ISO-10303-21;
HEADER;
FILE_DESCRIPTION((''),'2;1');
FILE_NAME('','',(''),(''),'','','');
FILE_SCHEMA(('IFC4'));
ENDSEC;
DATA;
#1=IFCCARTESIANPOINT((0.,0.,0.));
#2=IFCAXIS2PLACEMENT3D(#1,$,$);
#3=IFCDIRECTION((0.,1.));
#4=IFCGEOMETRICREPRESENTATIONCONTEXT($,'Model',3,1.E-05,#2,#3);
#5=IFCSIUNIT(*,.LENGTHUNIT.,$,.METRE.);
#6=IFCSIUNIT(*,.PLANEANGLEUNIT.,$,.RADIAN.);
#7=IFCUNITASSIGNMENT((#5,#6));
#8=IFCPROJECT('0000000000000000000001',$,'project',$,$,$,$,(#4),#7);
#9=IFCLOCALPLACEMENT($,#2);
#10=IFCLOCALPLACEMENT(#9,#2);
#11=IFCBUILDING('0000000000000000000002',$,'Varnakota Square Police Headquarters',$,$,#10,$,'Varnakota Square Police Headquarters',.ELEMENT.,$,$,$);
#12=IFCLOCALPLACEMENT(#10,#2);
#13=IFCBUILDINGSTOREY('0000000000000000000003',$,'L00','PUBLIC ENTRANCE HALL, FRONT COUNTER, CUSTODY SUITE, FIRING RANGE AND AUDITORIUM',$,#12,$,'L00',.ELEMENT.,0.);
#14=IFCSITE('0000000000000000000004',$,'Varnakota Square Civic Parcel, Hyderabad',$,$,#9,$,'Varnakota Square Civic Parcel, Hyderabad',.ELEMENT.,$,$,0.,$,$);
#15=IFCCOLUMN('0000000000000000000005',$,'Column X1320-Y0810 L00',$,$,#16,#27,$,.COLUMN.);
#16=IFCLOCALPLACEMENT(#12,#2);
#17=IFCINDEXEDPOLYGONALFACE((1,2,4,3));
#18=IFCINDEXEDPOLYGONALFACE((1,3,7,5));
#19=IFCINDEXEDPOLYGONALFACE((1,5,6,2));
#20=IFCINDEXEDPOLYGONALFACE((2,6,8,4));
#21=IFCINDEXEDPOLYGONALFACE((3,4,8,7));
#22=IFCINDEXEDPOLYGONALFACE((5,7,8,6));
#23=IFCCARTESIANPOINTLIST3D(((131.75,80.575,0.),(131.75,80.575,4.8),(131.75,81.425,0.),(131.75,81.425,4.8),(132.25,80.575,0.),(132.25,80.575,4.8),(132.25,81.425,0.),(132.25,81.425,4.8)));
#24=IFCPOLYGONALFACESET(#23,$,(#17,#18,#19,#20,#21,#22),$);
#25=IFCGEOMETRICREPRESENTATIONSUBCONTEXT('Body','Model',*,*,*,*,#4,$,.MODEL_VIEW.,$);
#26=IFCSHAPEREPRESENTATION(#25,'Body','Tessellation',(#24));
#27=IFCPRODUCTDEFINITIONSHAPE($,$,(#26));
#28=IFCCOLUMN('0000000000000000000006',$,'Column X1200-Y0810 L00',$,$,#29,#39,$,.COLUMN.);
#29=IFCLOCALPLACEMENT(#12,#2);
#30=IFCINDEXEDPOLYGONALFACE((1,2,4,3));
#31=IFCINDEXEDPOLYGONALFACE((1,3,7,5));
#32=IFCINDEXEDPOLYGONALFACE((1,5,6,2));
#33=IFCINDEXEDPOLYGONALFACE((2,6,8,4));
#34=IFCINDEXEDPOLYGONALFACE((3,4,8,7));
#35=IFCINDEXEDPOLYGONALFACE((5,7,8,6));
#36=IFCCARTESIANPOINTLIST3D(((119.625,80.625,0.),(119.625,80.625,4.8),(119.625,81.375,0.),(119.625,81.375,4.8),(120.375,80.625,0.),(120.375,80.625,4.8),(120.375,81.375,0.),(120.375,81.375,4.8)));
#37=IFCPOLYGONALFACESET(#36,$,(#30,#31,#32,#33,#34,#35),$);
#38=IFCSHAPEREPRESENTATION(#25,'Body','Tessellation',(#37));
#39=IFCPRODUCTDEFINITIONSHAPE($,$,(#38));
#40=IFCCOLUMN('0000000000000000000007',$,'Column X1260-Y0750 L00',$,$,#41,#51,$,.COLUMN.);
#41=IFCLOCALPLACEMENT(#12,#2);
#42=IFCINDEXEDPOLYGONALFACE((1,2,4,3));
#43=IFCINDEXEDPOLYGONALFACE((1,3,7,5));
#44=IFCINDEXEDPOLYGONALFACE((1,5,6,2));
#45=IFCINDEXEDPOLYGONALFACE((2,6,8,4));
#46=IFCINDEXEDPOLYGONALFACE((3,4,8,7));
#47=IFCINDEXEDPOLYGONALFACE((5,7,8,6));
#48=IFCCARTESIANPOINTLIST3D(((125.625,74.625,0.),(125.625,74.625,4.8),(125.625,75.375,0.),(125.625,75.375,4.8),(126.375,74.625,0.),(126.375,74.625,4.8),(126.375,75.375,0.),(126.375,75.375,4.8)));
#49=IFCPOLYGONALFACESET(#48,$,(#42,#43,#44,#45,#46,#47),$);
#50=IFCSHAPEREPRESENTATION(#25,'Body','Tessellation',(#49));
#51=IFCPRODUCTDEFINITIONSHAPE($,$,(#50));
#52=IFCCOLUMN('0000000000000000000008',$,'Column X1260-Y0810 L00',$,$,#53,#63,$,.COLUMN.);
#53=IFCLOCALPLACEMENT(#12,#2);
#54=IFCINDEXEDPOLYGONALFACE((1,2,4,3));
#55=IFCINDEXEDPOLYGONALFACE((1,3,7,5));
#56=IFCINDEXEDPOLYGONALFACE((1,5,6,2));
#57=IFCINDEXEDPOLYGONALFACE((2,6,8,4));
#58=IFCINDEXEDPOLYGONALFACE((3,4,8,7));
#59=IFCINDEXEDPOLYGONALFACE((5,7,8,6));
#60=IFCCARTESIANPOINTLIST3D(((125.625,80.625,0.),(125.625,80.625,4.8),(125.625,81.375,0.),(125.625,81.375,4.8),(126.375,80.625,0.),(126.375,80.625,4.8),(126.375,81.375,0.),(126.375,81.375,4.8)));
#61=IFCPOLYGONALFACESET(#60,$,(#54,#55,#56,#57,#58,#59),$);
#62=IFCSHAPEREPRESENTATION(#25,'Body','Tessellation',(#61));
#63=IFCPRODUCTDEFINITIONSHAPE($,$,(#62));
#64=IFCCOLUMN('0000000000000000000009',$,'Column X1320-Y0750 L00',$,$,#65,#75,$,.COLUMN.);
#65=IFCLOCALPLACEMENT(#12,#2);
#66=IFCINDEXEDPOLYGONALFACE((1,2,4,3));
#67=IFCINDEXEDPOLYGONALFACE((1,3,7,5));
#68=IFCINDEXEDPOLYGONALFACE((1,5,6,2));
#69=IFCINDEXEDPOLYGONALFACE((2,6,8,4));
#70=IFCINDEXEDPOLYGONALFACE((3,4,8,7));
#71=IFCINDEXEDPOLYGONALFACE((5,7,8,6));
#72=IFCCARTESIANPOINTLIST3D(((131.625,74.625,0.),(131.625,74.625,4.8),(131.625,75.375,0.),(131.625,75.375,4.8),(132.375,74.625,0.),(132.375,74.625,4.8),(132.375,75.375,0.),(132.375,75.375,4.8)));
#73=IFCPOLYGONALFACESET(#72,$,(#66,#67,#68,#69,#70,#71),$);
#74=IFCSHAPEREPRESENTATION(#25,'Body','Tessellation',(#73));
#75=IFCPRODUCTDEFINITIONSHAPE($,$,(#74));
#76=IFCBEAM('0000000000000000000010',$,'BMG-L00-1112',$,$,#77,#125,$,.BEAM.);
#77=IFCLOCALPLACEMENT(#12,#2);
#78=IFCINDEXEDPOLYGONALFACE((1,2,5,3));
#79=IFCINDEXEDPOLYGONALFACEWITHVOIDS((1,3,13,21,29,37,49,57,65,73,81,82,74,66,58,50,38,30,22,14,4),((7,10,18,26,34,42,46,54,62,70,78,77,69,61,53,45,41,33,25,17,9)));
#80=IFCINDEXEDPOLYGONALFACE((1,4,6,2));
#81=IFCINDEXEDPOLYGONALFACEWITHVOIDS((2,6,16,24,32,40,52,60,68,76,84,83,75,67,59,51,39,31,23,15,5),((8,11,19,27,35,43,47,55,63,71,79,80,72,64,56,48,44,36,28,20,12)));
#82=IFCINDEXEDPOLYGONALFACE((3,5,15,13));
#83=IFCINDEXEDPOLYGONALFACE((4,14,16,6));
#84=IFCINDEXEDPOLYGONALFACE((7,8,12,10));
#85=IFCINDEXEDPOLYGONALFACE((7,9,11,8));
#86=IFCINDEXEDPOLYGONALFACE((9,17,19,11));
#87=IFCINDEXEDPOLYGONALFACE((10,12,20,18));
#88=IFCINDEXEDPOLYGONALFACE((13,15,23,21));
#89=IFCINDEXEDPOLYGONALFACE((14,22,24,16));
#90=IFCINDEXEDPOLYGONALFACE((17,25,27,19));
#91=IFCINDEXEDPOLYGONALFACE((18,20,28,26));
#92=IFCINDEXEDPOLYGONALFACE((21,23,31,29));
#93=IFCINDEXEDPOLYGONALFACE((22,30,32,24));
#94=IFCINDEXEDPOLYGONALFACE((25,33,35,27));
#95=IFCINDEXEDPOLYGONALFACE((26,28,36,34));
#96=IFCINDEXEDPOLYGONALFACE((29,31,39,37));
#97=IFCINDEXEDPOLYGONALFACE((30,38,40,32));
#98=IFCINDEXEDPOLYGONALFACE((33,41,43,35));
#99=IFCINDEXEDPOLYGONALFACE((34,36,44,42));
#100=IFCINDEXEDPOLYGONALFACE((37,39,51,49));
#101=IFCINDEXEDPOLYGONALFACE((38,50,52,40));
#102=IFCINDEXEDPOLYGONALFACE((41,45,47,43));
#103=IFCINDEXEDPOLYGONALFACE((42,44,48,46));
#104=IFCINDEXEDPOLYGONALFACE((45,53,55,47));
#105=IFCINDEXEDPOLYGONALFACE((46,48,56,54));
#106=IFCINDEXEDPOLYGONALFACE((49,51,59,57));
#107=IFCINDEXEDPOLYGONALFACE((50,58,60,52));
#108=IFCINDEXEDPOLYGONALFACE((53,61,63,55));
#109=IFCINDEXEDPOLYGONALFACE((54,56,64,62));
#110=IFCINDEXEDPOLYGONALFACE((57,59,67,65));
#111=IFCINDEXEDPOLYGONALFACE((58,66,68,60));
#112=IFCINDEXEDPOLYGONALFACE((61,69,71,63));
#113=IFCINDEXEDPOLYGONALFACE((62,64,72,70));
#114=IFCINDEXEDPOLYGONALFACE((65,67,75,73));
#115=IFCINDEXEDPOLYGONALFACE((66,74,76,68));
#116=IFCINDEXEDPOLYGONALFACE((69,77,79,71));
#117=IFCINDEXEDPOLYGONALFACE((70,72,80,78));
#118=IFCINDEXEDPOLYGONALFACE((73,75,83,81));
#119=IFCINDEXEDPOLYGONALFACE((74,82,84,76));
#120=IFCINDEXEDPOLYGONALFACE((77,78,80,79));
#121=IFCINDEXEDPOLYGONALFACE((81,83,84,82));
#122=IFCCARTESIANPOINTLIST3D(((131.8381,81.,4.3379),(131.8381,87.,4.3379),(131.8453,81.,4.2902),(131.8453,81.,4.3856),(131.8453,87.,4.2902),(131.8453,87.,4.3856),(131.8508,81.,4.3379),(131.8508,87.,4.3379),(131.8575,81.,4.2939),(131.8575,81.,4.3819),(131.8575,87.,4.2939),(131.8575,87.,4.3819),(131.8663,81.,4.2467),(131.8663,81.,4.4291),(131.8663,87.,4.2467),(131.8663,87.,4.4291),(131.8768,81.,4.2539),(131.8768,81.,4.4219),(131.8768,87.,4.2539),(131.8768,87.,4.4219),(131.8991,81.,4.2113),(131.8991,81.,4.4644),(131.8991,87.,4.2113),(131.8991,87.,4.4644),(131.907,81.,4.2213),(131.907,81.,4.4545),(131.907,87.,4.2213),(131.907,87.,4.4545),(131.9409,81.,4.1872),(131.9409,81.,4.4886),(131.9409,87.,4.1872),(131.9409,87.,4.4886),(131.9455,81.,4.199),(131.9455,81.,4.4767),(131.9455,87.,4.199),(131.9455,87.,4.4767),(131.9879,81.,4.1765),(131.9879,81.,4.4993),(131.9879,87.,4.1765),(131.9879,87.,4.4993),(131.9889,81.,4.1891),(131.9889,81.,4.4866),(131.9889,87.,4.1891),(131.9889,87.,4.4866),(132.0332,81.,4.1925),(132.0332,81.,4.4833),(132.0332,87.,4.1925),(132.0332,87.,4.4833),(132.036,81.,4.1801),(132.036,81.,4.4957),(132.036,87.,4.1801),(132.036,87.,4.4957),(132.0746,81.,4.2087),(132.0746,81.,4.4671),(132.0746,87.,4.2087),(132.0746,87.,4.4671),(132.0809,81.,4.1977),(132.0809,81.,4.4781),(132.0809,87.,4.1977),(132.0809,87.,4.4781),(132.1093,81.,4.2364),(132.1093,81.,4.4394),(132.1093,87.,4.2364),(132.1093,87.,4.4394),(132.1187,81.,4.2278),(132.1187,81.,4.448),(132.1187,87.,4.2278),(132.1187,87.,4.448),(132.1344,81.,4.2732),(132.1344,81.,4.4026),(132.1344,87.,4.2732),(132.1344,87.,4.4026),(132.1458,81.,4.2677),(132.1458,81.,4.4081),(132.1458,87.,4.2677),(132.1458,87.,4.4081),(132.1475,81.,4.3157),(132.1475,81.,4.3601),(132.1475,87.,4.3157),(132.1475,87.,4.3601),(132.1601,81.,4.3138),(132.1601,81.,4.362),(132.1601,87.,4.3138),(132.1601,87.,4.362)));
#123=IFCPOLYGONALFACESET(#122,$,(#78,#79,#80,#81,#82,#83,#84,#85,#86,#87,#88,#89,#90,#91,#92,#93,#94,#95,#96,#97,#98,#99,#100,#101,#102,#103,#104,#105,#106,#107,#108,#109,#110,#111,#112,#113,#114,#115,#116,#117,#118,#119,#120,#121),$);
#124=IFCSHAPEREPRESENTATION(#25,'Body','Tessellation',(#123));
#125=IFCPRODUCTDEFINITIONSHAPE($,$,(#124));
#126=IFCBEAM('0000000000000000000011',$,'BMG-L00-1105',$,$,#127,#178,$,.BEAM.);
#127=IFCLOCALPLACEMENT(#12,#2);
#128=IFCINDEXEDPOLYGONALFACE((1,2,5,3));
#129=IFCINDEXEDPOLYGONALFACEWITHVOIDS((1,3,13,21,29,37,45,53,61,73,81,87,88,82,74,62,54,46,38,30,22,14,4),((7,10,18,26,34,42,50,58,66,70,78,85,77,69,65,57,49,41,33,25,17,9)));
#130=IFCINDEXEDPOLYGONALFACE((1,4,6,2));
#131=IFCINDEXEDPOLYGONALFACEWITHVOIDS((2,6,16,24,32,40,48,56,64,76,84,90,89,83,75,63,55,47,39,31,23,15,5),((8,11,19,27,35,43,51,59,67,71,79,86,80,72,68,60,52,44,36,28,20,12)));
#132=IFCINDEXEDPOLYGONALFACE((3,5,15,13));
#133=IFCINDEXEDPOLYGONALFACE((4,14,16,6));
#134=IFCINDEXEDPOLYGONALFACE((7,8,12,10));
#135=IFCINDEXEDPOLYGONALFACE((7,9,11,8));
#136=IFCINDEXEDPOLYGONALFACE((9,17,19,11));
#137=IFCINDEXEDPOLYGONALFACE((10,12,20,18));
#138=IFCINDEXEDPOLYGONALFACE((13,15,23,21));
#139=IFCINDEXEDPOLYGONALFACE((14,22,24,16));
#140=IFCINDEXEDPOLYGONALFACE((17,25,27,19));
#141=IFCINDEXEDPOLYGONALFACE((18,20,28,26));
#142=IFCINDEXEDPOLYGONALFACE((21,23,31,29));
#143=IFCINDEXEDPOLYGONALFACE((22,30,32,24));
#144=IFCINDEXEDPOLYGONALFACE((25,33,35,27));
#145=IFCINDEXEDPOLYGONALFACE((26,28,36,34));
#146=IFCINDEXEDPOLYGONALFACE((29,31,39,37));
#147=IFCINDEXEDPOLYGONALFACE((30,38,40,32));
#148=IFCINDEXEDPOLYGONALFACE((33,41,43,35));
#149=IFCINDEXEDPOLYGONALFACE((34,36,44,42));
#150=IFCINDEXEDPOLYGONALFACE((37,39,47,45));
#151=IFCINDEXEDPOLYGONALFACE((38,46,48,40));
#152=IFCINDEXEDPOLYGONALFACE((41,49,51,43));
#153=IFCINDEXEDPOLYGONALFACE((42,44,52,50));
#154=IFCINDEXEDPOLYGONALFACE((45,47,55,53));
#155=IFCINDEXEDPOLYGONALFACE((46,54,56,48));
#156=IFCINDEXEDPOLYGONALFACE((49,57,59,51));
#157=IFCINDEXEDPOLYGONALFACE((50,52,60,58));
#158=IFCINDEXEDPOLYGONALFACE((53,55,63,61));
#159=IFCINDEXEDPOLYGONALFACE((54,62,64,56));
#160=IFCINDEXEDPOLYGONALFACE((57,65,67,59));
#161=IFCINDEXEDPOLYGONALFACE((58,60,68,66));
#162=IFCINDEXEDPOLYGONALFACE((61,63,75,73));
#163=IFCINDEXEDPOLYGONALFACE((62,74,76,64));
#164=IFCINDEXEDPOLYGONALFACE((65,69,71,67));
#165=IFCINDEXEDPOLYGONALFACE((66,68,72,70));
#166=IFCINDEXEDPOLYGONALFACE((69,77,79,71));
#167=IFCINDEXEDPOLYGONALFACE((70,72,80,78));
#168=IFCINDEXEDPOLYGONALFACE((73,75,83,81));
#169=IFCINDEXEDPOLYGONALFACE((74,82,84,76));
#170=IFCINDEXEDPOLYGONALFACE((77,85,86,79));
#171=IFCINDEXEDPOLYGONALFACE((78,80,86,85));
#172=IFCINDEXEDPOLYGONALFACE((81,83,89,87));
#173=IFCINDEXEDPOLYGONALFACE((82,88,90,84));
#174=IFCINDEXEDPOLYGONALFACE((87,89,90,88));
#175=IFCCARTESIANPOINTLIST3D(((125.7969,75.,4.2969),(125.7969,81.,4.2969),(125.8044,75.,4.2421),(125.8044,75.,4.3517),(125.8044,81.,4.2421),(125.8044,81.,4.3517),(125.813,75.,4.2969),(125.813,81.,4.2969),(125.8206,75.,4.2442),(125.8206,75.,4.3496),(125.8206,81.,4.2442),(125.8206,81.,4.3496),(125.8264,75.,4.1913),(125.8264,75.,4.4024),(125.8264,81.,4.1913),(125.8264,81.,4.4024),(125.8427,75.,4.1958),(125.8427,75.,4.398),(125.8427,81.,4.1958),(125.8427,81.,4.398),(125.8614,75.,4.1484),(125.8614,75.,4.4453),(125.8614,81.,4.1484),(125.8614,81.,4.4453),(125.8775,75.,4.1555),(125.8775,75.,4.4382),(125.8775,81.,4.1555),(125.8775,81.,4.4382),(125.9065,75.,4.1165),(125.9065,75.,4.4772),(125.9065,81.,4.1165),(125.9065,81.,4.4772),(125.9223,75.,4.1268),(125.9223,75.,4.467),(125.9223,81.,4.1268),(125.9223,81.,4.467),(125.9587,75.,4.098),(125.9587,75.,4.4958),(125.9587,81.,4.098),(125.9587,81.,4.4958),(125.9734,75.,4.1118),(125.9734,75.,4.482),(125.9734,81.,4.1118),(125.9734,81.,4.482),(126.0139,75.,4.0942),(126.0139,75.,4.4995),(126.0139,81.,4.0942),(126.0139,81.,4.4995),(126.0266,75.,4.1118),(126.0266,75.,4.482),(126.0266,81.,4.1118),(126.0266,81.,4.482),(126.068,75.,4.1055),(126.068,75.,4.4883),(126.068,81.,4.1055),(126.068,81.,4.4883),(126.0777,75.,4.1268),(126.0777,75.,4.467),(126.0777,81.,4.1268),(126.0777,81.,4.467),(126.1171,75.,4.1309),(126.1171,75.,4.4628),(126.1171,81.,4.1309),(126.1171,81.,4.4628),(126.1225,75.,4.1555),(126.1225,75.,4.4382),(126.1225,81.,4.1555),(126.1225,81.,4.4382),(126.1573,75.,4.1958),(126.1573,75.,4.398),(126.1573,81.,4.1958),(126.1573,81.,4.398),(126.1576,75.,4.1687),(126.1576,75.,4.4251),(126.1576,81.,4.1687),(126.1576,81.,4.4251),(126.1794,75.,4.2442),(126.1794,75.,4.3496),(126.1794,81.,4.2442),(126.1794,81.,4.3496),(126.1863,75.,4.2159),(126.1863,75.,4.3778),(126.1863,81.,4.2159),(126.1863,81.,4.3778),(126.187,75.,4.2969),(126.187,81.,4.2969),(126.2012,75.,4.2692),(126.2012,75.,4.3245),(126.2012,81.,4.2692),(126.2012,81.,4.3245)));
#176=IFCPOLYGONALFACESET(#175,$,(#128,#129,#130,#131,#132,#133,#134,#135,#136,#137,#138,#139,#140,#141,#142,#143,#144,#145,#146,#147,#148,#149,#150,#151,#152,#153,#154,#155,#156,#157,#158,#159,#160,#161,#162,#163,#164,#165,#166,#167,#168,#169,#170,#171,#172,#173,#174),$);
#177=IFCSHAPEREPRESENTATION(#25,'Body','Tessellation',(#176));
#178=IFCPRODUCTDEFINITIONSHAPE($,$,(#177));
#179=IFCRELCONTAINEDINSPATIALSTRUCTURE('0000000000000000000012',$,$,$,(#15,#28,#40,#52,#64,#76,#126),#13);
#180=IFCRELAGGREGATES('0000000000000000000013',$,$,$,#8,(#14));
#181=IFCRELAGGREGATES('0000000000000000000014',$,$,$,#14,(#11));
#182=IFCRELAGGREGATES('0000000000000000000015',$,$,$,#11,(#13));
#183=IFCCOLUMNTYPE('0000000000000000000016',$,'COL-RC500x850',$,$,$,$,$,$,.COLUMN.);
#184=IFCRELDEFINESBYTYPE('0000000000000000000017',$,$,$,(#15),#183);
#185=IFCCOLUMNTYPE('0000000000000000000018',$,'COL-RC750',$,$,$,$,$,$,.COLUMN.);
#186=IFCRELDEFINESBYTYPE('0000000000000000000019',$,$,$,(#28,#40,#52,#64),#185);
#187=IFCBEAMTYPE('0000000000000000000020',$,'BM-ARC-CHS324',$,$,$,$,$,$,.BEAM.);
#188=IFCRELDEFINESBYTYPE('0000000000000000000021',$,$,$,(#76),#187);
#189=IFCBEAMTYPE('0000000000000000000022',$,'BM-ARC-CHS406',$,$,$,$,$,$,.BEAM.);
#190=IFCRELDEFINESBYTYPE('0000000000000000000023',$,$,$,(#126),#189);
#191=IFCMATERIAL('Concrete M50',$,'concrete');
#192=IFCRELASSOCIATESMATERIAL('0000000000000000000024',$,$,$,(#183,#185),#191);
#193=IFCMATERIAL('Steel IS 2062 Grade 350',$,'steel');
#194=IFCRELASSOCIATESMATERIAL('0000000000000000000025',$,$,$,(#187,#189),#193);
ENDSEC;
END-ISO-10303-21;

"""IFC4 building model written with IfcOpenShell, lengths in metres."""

from ifc_helpers import new_model, si_unit, direction, frame, origin, origin_2d, place, context, subcontext, project, spatial, rectangle, hollow_circle, extrude, material, material_profile, profile_set, type_object, element, save


model = new_model("IFC4")

# Units and contexts
model_context = context("Model", 3, precision=1e-05, world=origin(), true_north=direction((0.0, 1.0)))
body_context = subcontext(model_context, "Body", "Model", "MODEL_VIEW")
ifc_project = project(units=[si_unit("LENGTHUNIT", "METRE"), si_unit("PLANEANGLEUNIT", "RADIAN")], contexts=[model_context])

# Site, building, storey
site_placement = place(None, origin())
site = spatial("IfcSite", under=ifc_project, at=site_placement, Name="Varnakota Square Civic Parcel, Hyderabad", LongName="Varnakota Square Civic Parcel, Hyderabad", CompositionType="ELEMENT", RefElevation=0.0)
building_placement = place(site_placement, origin())
building = spatial("IfcBuilding", under=site, at=building_placement, Name="Varnakota Square Police Headquarters", LongName="Varnakota Square Police Headquarters", CompositionType="ELEMENT")
storey_placement = place(building_placement, origin())
storey = spatial("IfcBuildingStorey", under=building, at=storey_placement, Name="L00", Description="PUBLIC ENTRANCE HALL, FRONT COUNTER, CUSTODY SUITE, FIRING RANGE AND AUDITORIUM", LongName="L00", CompositionType="ELEMENT", Elevation=0.0)

# Columns
ifc_material_1 = material(Name="Concrete M50", Category="concrete")
ifc_material_profile_1 = material_profile(ifc_material_1, rectangle(XDim=0.5, YDim=0.8501, at=origin_2d()), Name="RC 500x850")
ifc_profile_set_1 = profile_set([ifc_material_profile_1], Name="Concrete M50")
column_type_1 = type_object("IfcColumnType", Name="COL-RC500x850", PredefinedType="COLUMN", material=ifc_profile_set_1)
column_placement = place(storey_placement, frame((132.0, 81.0, 0.0), z_axis=(0.0, 0.0, 1.0), x_axis=(1.0, 0.0, 0.0)))
element("IfcColumn", 1, at=column_placement, inside=storey, type_object=column_type_1, Name="Column X1320-Y0810 L00", PredefinedType="COLUMN", context=body_context, shape_type="SweptSolid", body=[
    extrude(rectangle(XDim=0.5, YDim=0.8501, at=origin_2d()), origin(), (0.0, 0.0, 1.0), 4.8),
])
ifc_material_profile_2 = material_profile(ifc_material_1, rectangle(XDim=0.75, YDim=0.75, at=origin_2d()), Name="RC 750x750")
ifc_profile_set_2 = profile_set([ifc_material_profile_2], Name="Concrete M50")
column_type_2 = type_object("IfcColumnType", Name="COL-RC750", PredefinedType="COLUMN", material=ifc_profile_set_2)
for number, where, z_axis, x_axis, name in (
    (2, (120.0, 81.0, 0.0), (0.0, 0.0, 1.0), (1.0, 0.0, 0.0), "Column X1200-Y0810 L00"),
    (3, (126.0, 75.0, 0.0), (0.0, 0.0, 1.0), (1.0, 0.0, 0.0), "Column X1260-Y0750 L00"),
    (4, (126.0, 81.0, 0.0), (0.0, 0.0, 1.0), (1.0, 0.0, 0.0), "Column X1260-Y0810 L00"),
    (5, (132.0, 75.0, 0.0), (0.0, 0.0, 1.0), (1.0, 0.0, 0.0), "Column X1320-Y0750 L00"),
):
    element("IfcColumn", number, at=place(storey_placement, frame(where, z_axis=z_axis, x_axis=x_axis)), inside=storey, type_object=column_type_2, Name=name, PredefinedType="COLUMN", context=body_context, shape_type="SweptSolid", body=[
        extrude(rectangle(XDim=0.75, YDim=0.75, at=origin_2d()), origin(), (0.0, 0.0, 1.0), 4.8),
    ])

# Beams
ifc_material_2 = material(Name="Steel IS 2062 Grade 350", Category="steel")
ifc_material_profile_3 = material_profile(ifc_material_2, hollow_circle(Radius=0.1619, WallThickness=0.0127, at=origin_2d()), Name="CHS 323.9x12.7")
ifc_profile_set_3 = profile_set([ifc_material_profile_3], Name="Steel IS 2062 Grade 350")
beam_type_1 = type_object("IfcBeamType", Name="BM-ARC-CHS324", PredefinedType="BEAM", material=ifc_profile_set_3)
beam_1_placement = place(storey_placement, frame((132.0, 81.0, 4.3379), z_axis=(0.0, 1.0, 0.0), x_axis=(-1.0, 0.0, 0.0)))
element("IfcBeam", 6, at=beam_1_placement, inside=storey, type_object=beam_type_1, Name="BMG-L00-1112", PredefinedType="BEAM", context=body_context, shape_type="SweptSolid", body=[
    extrude(hollow_circle(Radius=0.1619, WallThickness=0.0127, at=origin_2d()), origin(), (0.0, 0.0, 1.0), 6.0),
])
ifc_material_profile_4 = material_profile(ifc_material_2, hollow_circle(Radius=0.2031, WallThickness=0.0161, at=origin_2d()), Name="CHS 406.4x16.0")
ifc_profile_set_4 = profile_set([ifc_material_profile_4], Name="Steel IS 2062 Grade 350")
beam_type_2 = type_object("IfcBeamType", Name="BM-ARC-CHS406", PredefinedType="BEAM", material=ifc_profile_set_4)
for number, where, z_axis, x_axis, name in (
    (7, (126.0, 75.0, 4.2969), (0.0, 1.0, 0.0), (-1.0, 0.0, 0.0), "BMG-L00-1105"),
):
    element("IfcBeam", number, at=place(storey_placement, frame(where, z_axis=z_axis, x_axis=x_axis)), inside=storey, type_object=beam_type_2, Name=name, PredefinedType="BEAM", context=body_context, shape_type="SweptSolid", body=[
        extrude(hollow_circle(Radius=0.2031, WallThickness=0.0161, at=origin_2d()), origin(), (0.0, 0.0, 1.0), 6.0),
    ])

save(model, "model.ifc")
